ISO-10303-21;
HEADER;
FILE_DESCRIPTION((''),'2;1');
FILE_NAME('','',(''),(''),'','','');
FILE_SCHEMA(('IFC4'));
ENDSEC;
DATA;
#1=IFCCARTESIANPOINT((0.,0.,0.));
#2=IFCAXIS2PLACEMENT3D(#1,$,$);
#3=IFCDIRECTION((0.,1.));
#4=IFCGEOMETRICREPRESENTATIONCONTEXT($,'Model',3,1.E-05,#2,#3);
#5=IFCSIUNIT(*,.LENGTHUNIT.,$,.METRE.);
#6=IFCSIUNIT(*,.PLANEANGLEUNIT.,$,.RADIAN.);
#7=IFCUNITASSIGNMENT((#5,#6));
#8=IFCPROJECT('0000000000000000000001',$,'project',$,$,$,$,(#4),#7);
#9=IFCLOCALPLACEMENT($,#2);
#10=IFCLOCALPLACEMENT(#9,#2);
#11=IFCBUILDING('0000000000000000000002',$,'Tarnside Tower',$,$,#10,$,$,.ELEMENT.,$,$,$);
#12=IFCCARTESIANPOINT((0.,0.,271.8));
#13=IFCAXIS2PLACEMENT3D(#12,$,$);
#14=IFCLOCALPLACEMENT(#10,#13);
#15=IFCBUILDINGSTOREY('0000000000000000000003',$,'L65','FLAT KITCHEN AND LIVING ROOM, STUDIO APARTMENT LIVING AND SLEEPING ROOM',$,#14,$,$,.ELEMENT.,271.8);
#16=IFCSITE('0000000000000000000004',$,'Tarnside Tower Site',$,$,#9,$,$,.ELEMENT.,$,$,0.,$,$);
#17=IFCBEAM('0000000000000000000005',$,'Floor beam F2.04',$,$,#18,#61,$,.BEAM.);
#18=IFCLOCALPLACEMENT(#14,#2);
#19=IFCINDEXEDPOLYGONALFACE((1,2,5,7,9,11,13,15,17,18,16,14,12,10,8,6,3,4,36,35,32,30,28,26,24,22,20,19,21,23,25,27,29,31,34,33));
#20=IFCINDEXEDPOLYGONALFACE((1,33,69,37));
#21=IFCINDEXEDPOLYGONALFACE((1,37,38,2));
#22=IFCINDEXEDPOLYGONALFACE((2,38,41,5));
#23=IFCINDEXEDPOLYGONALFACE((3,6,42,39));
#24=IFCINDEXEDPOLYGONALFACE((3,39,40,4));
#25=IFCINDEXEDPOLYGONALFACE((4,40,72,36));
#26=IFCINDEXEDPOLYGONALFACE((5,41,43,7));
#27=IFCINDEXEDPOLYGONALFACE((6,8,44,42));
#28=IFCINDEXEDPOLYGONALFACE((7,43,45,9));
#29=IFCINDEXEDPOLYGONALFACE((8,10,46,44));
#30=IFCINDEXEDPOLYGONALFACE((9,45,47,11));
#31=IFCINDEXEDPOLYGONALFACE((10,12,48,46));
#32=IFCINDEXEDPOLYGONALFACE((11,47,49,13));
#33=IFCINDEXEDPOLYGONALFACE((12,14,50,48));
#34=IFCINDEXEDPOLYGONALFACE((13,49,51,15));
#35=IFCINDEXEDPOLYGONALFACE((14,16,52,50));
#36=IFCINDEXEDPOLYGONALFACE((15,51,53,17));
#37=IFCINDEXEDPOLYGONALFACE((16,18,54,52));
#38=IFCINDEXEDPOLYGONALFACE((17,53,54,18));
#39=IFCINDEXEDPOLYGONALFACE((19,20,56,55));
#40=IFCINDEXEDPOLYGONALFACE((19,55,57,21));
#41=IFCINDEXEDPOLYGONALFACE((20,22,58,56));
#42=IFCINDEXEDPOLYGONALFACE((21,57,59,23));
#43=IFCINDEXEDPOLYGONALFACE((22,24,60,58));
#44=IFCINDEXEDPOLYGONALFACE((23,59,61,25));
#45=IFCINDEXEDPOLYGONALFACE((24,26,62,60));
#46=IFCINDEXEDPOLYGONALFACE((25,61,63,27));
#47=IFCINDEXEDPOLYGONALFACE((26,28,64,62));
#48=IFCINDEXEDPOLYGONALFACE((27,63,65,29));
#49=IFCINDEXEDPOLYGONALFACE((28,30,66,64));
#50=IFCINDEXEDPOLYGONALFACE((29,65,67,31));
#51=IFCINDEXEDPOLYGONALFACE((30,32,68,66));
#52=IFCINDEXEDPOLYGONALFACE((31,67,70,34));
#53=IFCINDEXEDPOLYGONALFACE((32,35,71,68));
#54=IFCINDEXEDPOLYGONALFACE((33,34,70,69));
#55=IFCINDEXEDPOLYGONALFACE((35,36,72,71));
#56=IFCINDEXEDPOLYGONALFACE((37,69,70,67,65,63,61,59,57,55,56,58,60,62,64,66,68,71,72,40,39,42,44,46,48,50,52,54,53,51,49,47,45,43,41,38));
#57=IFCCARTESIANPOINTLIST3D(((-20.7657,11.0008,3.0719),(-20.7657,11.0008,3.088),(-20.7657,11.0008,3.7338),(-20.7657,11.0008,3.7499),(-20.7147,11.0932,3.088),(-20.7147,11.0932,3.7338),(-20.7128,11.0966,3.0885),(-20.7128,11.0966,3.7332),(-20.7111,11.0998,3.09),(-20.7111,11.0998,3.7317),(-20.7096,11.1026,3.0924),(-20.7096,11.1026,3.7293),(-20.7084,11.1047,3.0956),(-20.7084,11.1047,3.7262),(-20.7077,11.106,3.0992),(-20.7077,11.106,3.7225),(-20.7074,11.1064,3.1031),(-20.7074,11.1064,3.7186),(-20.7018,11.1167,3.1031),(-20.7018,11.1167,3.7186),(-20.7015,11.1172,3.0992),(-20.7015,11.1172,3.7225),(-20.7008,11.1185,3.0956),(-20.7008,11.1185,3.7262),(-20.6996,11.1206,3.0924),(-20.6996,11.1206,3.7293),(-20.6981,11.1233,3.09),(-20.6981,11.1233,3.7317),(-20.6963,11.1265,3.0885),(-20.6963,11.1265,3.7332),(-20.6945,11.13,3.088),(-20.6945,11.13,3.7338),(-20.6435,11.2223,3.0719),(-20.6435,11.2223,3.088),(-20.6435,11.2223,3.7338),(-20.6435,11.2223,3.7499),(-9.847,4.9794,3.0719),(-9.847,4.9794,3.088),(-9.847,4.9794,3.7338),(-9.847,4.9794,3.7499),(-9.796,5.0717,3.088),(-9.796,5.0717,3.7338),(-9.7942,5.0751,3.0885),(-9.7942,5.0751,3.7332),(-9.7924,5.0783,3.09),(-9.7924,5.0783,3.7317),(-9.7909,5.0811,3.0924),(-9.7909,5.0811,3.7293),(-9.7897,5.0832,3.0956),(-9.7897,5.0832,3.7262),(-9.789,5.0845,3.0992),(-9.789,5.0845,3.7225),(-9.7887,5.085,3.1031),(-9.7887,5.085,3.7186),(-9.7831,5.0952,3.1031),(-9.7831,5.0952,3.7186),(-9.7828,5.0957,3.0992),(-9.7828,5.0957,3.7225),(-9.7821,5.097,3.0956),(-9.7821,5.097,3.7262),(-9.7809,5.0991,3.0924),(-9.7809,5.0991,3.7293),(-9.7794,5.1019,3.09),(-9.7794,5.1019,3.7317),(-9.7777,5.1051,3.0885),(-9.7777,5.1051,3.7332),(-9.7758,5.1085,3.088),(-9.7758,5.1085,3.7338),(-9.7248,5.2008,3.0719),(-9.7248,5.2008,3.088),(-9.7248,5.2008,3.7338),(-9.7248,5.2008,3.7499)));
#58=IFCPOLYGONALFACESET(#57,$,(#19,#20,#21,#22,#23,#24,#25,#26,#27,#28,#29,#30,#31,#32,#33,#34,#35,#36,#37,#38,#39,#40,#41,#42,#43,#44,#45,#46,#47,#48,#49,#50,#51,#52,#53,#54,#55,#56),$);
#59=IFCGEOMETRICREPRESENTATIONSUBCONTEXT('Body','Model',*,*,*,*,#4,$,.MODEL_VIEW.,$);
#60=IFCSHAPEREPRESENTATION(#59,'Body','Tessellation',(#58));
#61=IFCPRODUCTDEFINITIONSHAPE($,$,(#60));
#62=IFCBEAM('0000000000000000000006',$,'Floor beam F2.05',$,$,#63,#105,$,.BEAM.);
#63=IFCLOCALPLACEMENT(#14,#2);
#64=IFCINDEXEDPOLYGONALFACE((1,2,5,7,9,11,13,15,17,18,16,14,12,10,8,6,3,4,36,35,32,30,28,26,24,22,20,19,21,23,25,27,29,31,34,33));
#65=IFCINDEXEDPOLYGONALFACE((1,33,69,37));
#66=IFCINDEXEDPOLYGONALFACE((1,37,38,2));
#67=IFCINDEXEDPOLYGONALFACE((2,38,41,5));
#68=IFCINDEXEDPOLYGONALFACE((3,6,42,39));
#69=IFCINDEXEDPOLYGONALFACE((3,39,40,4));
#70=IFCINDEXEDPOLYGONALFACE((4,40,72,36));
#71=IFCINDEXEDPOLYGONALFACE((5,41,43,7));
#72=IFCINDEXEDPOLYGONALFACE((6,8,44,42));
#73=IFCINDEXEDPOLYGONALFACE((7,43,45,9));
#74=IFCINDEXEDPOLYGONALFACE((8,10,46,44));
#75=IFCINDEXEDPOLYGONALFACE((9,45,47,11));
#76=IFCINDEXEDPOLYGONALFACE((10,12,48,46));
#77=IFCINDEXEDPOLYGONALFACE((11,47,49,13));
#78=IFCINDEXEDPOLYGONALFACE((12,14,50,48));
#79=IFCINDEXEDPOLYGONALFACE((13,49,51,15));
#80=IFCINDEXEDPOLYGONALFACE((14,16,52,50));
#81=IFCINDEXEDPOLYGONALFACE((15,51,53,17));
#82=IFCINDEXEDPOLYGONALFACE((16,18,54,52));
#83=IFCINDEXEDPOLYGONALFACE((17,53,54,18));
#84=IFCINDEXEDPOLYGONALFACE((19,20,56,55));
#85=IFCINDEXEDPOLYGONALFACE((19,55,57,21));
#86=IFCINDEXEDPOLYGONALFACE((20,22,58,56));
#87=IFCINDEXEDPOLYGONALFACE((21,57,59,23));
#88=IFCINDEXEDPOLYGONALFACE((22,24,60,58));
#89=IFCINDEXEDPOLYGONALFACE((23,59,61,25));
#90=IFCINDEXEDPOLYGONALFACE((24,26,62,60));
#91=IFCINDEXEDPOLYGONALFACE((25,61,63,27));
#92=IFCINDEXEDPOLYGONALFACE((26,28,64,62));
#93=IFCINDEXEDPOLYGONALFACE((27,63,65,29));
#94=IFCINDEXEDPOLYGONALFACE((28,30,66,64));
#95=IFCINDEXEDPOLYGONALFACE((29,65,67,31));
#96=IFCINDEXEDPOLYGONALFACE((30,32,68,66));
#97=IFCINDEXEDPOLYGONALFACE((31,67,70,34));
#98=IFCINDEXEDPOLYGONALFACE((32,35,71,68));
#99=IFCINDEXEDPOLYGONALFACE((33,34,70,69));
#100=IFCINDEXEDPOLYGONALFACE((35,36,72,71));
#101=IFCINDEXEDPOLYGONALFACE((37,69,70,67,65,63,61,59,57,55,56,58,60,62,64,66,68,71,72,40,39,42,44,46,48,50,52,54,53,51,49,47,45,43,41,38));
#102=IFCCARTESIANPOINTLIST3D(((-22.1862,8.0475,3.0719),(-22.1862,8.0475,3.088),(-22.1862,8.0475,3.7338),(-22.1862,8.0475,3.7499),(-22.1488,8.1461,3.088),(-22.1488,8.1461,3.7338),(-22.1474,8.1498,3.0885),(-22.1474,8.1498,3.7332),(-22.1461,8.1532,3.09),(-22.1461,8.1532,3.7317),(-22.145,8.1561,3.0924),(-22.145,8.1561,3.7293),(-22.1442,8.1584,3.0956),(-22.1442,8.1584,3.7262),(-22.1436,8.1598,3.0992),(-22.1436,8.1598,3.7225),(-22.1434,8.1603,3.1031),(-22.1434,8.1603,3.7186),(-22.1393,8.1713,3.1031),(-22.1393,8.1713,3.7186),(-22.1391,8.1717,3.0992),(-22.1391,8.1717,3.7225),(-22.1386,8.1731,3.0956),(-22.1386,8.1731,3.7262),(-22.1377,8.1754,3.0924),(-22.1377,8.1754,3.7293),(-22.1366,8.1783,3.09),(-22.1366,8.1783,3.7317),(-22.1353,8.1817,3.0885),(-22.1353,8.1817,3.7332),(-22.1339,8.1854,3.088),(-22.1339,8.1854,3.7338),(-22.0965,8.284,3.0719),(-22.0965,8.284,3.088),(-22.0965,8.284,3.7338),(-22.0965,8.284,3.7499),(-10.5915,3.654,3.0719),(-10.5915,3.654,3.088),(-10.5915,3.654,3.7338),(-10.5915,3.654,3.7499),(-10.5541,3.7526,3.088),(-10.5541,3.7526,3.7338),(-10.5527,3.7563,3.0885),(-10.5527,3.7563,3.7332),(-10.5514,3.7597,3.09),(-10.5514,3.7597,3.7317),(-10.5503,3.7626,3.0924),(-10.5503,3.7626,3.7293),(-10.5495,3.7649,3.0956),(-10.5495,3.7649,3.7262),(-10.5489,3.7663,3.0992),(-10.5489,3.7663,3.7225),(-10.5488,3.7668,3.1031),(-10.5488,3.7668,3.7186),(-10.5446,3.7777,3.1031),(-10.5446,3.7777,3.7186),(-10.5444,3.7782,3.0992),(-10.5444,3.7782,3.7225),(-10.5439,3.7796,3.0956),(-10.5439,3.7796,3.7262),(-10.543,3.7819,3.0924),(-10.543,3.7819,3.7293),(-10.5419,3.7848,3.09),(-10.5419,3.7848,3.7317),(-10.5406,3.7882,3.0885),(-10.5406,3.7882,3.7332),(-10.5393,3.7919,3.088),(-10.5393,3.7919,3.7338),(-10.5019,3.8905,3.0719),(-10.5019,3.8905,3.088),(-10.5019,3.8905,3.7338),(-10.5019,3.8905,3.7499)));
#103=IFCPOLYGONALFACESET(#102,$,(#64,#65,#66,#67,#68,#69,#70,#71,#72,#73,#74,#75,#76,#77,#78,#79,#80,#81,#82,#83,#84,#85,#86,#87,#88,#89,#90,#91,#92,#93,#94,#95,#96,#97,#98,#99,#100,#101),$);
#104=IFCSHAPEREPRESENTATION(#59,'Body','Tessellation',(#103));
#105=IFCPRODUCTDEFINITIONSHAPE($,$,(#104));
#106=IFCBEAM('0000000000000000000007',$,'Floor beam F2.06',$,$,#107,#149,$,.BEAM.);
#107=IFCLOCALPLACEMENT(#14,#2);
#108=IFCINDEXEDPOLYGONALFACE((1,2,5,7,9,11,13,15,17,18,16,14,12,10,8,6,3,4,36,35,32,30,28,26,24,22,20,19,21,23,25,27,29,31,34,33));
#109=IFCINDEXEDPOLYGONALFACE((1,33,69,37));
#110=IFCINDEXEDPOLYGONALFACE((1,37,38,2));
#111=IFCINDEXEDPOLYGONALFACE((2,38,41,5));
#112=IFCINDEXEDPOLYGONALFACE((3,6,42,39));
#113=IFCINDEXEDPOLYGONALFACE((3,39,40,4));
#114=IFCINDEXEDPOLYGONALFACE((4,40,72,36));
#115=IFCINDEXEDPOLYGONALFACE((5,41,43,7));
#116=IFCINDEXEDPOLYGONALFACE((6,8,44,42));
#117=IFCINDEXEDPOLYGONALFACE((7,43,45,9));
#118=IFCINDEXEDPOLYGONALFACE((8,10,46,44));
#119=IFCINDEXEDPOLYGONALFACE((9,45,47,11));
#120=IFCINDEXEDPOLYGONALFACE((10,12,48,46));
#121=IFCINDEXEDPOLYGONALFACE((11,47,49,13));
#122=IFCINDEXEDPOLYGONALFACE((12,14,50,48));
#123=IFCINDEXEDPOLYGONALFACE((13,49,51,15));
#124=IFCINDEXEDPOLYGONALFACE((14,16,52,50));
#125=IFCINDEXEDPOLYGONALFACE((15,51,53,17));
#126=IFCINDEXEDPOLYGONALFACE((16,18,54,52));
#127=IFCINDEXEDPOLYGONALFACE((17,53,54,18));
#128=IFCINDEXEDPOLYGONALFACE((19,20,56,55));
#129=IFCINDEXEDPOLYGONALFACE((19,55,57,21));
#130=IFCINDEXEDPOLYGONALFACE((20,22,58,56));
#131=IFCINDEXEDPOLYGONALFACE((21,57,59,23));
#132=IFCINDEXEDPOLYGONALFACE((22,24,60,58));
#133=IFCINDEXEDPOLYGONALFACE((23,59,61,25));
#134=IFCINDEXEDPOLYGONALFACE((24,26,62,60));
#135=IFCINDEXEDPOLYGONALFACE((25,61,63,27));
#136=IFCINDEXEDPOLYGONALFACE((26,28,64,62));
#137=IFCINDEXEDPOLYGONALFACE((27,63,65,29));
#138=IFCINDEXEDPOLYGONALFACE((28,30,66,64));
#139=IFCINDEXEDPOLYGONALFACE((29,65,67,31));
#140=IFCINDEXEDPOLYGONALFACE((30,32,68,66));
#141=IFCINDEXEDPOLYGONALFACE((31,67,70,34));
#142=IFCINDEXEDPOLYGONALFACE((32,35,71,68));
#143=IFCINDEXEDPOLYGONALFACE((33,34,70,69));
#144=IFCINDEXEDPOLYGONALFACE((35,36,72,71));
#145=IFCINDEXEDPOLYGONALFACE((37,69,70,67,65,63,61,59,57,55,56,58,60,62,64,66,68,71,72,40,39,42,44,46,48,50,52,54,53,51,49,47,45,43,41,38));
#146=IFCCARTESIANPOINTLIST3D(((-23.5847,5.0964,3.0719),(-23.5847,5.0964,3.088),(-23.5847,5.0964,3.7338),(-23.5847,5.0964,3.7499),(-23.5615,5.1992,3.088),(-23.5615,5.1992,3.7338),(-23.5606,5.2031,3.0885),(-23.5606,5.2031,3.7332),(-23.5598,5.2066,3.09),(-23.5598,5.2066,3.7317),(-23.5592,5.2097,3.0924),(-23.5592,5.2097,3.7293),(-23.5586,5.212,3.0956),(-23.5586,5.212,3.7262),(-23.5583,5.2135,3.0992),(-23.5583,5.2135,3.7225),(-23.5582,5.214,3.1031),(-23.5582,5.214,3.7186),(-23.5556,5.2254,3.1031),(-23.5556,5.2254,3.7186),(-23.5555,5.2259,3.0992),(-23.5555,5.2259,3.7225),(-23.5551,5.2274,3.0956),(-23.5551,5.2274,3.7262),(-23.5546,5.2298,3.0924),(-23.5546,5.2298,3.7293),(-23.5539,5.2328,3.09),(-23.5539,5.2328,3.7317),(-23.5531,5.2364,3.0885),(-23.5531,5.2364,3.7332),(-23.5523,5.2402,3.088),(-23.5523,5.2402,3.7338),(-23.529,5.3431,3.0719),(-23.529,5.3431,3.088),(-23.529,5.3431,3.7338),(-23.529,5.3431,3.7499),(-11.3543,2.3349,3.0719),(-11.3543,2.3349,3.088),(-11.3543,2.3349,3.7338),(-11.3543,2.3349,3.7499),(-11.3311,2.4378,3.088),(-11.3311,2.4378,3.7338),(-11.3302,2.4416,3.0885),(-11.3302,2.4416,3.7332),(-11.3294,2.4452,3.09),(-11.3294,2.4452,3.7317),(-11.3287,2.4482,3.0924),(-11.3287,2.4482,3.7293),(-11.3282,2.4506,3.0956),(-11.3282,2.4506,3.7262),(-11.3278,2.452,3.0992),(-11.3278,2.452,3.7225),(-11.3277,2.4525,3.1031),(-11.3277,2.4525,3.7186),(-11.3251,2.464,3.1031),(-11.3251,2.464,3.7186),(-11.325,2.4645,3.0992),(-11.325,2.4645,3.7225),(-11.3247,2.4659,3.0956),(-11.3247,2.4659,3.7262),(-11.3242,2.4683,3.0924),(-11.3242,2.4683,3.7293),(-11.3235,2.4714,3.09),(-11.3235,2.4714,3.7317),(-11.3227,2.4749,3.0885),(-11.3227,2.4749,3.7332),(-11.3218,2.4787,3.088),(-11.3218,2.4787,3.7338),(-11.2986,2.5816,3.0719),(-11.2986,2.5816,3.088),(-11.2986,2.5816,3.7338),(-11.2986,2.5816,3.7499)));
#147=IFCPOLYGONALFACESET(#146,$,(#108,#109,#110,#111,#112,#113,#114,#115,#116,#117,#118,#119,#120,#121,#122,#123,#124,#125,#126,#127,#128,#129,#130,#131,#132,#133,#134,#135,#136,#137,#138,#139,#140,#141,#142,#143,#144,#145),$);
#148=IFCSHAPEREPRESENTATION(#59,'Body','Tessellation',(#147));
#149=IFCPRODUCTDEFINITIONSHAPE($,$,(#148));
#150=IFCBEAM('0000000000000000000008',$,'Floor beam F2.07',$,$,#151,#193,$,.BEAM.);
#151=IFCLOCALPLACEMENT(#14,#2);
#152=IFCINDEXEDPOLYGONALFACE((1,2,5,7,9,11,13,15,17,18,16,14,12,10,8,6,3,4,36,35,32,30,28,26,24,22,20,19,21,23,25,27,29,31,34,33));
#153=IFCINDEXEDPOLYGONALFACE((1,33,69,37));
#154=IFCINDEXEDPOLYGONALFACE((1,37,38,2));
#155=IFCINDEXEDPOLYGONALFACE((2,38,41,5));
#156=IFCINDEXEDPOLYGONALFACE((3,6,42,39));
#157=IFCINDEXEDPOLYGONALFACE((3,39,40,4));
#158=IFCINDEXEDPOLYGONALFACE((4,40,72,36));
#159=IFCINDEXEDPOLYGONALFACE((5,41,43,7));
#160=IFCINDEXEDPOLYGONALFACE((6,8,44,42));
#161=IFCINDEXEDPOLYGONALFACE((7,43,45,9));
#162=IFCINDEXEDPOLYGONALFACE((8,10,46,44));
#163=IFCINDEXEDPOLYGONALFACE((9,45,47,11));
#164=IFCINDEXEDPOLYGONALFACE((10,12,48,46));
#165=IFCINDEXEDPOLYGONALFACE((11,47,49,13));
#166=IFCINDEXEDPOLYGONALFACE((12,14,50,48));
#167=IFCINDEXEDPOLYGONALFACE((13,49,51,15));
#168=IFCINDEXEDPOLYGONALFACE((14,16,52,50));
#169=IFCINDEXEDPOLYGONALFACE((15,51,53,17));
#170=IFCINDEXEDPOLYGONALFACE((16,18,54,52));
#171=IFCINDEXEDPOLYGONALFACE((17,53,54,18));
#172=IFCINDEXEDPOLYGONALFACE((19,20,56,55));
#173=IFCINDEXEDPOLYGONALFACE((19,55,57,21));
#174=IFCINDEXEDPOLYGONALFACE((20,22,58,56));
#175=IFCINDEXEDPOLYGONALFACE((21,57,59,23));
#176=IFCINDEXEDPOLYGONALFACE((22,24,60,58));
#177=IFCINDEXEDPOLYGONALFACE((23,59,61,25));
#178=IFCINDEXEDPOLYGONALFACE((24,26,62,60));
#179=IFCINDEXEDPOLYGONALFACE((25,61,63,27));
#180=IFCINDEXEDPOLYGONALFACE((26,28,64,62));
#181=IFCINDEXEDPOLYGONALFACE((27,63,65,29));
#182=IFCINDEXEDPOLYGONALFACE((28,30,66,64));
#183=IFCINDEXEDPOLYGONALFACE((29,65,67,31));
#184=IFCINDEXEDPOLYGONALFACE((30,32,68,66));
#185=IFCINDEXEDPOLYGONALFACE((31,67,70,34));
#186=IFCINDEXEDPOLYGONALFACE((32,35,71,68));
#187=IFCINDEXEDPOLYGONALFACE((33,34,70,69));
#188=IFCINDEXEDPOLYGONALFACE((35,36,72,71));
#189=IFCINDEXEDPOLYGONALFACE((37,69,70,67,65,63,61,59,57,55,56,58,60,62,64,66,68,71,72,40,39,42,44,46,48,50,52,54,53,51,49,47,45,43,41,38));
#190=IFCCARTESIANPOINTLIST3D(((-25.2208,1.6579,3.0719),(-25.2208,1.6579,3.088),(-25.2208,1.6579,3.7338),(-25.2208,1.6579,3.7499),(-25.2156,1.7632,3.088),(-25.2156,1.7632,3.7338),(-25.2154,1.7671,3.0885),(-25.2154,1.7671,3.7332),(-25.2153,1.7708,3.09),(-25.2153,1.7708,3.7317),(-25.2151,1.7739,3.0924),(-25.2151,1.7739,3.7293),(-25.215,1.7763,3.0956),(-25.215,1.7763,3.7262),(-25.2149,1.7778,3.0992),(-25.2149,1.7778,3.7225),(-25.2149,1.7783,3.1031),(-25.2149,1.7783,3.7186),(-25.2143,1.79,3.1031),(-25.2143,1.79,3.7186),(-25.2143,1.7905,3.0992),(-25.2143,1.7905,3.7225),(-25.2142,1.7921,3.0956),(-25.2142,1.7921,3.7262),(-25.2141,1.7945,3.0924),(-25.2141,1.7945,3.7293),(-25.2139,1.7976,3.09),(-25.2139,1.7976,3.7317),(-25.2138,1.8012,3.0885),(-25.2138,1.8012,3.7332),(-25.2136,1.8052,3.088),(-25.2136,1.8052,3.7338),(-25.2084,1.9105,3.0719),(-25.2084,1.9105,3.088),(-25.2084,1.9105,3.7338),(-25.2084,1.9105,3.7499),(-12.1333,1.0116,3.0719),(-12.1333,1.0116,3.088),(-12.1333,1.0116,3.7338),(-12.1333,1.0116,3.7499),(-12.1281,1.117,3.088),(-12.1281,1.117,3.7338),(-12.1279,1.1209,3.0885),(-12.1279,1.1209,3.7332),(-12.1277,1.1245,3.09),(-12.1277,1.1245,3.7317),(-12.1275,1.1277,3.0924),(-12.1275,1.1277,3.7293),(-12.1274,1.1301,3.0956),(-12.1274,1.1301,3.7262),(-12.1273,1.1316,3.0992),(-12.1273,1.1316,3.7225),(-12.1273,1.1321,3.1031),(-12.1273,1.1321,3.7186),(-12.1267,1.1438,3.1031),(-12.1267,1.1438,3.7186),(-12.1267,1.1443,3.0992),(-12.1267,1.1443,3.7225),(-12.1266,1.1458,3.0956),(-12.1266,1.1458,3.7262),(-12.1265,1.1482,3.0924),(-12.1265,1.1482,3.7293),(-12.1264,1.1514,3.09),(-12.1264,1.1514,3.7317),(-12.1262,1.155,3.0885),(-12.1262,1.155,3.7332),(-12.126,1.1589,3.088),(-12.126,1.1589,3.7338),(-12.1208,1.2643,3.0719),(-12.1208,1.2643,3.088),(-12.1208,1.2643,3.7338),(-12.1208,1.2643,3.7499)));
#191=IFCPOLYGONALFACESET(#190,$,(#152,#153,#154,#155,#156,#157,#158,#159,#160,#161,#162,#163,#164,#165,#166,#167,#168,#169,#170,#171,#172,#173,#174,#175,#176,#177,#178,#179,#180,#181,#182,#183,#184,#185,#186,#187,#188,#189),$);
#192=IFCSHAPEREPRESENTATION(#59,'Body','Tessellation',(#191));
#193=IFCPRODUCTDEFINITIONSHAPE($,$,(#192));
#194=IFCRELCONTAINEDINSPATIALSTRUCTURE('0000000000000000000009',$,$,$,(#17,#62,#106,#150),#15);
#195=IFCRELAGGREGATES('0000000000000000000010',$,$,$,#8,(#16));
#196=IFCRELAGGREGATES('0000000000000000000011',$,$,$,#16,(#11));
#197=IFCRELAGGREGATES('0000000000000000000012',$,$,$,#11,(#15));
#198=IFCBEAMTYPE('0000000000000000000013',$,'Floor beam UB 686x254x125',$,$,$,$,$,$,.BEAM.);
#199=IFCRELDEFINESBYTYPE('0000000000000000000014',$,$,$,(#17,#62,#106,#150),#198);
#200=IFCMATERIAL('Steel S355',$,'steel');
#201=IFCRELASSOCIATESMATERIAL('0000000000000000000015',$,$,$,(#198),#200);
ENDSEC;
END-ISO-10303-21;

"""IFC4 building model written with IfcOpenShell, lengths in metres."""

from ifc_helpers import new_model, si_unit, direction, frame, origin, origin_2d, place, context, subcontext, project, spatial, i_section, extrude, material, material_profile, profile_set, type_object, element, save


model = new_model("IFC4")

# Units and contexts
model_context = context("Model", 3, precision=1e-05, world=origin(), true_north=direction((0.0, 1.0)))
body_context = subcontext(model_context, "Body", "Model", "MODEL_VIEW")
ifc_project = project(units=[si_unit("LENGTHUNIT", "METRE"), si_unit("PLANEANGLEUNIT", "RADIAN")], contexts=[model_context])

# Site, building, storey
site_placement = place(None, origin())
site = spatial("IfcSite", under=ifc_project, at=site_placement, Name="Tarnside Tower Site", CompositionType="ELEMENT", RefElevation=0.0)
building_placement = place(site_placement, origin())
building = spatial("IfcBuilding", under=site, at=building_placement, Name="Tarnside Tower", CompositionType="ELEMENT")
storey_placement = place(building_placement, frame((0.0, 0.0, 271.8)))
storey = spatial("IfcBuildingStorey", under=building, at=storey_placement, Name="L65", Description="FLAT KITCHEN AND LIVING ROOM, STUDIO APARTMENT LIVING AND SLEEPING ROOM", CompositionType="ELEMENT", Elevation=271.8)

# Beams
ifc_material_1 = material(Name="Steel S355", Category="steel")
ifc_material_profile = material_profile(ifc_material_1, i_section(OverallWidth=0.2529, OverallDepth=0.678, WebThickness=0.0117, FlangeThickness=0.0161, FilletRadius=0.0151, at=origin_2d()), Name="UB 686x254x125")
ifc_profile_set = profile_set([ifc_material_profile], Name="Steel S355")
beam_type = type_object("IfcBeamType", Name="Floor beam UB 686x254x125", PredefinedType="BEAM", material=ifc_profile_set)
beam_1_placement = place(storey_placement, frame((-20.7046, 11.1116, 3.4109), z_axis=(0.875667, -0.482916, 0.0), x_axis=(0.482916, 0.875667, 0.0)))
element("IfcBeam", 1, at=beam_1_placement, inside=storey, type_object=beam_type, Name="Floor beam F2.04", PredefinedType="BEAM", context=body_context, shape_type="SweptSolid", body=[
    extrude(i_section(OverallWidth=0.2529, OverallDepth=0.678, WebThickness=0.0117, FlangeThickness=0.0161, FilletRadius=0.0151, at=origin_2d()), origin(), (0.0, 0.0, 1.0), 12.469),
])
beam_2_placement = place(storey_placement, frame((-22.1414, 8.1658, 3.4109), z_axis=(0.935116, -0.354341, 0.0), x_axis=(0.354341, 0.935116, 0.0)))
element("IfcBeam", 2, at=beam_2_placement, inside=storey, type_object=beam_type, Name="Floor beam F2.05", PredefinedType="BEAM", context=body_context, shape_type="SweptSolid", body=[
    extrude(i_section(OverallWidth=0.2529, OverallDepth=0.678, WebThickness=0.0117, FlangeThickness=0.0161, FilletRadius=0.0151, at=origin_2d()), origin(), (0.0, 0.0, 1.0), 12.3992),
])
beam_3_placement = place(storey_placement, frame((-23.5569, 5.2197, 3.4109), z_axis=(0.975445, -0.220242, 0.0), x_axis=(0.220242, 0.975445, 0.0)))
element("IfcBeam", 3, at=beam_3_placement, inside=storey, type_object=beam_type, Name="Floor beam F2.06", PredefinedType="BEAM", context=body_context, shape_type="SweptSolid", body=[
    extrude(i_section(OverallWidth=0.2529, OverallDepth=0.678, WebThickness=0.0117, FlangeThickness=0.0161, FilletRadius=0.0151, at=origin_2d()), origin(), (0.0, 0.0, 1.0), 12.5383),
])
beam_4_placement = place(storey_placement, frame((-25.2146, 1.7842, 3.4109), z_axis=(0.998783, -0.049318, 0.0), x_axis=(0.049318, 0.998783, 0.0)))
element("IfcBeam", 4, at=beam_4_placement, inside=storey, type_object=beam_type, Name="Floor beam F2.07", PredefinedType="BEAM", context=body_context, shape_type="SweptSolid", body=[
    extrude(i_section(OverallWidth=0.2529, OverallDepth=0.678, WebThickness=0.0117, FlangeThickness=0.0161, FilletRadius=0.0151, at=origin_2d()), origin(), (0.0, 0.0, 1.0), 13.1035),
])

save(model, "model.ifc")
